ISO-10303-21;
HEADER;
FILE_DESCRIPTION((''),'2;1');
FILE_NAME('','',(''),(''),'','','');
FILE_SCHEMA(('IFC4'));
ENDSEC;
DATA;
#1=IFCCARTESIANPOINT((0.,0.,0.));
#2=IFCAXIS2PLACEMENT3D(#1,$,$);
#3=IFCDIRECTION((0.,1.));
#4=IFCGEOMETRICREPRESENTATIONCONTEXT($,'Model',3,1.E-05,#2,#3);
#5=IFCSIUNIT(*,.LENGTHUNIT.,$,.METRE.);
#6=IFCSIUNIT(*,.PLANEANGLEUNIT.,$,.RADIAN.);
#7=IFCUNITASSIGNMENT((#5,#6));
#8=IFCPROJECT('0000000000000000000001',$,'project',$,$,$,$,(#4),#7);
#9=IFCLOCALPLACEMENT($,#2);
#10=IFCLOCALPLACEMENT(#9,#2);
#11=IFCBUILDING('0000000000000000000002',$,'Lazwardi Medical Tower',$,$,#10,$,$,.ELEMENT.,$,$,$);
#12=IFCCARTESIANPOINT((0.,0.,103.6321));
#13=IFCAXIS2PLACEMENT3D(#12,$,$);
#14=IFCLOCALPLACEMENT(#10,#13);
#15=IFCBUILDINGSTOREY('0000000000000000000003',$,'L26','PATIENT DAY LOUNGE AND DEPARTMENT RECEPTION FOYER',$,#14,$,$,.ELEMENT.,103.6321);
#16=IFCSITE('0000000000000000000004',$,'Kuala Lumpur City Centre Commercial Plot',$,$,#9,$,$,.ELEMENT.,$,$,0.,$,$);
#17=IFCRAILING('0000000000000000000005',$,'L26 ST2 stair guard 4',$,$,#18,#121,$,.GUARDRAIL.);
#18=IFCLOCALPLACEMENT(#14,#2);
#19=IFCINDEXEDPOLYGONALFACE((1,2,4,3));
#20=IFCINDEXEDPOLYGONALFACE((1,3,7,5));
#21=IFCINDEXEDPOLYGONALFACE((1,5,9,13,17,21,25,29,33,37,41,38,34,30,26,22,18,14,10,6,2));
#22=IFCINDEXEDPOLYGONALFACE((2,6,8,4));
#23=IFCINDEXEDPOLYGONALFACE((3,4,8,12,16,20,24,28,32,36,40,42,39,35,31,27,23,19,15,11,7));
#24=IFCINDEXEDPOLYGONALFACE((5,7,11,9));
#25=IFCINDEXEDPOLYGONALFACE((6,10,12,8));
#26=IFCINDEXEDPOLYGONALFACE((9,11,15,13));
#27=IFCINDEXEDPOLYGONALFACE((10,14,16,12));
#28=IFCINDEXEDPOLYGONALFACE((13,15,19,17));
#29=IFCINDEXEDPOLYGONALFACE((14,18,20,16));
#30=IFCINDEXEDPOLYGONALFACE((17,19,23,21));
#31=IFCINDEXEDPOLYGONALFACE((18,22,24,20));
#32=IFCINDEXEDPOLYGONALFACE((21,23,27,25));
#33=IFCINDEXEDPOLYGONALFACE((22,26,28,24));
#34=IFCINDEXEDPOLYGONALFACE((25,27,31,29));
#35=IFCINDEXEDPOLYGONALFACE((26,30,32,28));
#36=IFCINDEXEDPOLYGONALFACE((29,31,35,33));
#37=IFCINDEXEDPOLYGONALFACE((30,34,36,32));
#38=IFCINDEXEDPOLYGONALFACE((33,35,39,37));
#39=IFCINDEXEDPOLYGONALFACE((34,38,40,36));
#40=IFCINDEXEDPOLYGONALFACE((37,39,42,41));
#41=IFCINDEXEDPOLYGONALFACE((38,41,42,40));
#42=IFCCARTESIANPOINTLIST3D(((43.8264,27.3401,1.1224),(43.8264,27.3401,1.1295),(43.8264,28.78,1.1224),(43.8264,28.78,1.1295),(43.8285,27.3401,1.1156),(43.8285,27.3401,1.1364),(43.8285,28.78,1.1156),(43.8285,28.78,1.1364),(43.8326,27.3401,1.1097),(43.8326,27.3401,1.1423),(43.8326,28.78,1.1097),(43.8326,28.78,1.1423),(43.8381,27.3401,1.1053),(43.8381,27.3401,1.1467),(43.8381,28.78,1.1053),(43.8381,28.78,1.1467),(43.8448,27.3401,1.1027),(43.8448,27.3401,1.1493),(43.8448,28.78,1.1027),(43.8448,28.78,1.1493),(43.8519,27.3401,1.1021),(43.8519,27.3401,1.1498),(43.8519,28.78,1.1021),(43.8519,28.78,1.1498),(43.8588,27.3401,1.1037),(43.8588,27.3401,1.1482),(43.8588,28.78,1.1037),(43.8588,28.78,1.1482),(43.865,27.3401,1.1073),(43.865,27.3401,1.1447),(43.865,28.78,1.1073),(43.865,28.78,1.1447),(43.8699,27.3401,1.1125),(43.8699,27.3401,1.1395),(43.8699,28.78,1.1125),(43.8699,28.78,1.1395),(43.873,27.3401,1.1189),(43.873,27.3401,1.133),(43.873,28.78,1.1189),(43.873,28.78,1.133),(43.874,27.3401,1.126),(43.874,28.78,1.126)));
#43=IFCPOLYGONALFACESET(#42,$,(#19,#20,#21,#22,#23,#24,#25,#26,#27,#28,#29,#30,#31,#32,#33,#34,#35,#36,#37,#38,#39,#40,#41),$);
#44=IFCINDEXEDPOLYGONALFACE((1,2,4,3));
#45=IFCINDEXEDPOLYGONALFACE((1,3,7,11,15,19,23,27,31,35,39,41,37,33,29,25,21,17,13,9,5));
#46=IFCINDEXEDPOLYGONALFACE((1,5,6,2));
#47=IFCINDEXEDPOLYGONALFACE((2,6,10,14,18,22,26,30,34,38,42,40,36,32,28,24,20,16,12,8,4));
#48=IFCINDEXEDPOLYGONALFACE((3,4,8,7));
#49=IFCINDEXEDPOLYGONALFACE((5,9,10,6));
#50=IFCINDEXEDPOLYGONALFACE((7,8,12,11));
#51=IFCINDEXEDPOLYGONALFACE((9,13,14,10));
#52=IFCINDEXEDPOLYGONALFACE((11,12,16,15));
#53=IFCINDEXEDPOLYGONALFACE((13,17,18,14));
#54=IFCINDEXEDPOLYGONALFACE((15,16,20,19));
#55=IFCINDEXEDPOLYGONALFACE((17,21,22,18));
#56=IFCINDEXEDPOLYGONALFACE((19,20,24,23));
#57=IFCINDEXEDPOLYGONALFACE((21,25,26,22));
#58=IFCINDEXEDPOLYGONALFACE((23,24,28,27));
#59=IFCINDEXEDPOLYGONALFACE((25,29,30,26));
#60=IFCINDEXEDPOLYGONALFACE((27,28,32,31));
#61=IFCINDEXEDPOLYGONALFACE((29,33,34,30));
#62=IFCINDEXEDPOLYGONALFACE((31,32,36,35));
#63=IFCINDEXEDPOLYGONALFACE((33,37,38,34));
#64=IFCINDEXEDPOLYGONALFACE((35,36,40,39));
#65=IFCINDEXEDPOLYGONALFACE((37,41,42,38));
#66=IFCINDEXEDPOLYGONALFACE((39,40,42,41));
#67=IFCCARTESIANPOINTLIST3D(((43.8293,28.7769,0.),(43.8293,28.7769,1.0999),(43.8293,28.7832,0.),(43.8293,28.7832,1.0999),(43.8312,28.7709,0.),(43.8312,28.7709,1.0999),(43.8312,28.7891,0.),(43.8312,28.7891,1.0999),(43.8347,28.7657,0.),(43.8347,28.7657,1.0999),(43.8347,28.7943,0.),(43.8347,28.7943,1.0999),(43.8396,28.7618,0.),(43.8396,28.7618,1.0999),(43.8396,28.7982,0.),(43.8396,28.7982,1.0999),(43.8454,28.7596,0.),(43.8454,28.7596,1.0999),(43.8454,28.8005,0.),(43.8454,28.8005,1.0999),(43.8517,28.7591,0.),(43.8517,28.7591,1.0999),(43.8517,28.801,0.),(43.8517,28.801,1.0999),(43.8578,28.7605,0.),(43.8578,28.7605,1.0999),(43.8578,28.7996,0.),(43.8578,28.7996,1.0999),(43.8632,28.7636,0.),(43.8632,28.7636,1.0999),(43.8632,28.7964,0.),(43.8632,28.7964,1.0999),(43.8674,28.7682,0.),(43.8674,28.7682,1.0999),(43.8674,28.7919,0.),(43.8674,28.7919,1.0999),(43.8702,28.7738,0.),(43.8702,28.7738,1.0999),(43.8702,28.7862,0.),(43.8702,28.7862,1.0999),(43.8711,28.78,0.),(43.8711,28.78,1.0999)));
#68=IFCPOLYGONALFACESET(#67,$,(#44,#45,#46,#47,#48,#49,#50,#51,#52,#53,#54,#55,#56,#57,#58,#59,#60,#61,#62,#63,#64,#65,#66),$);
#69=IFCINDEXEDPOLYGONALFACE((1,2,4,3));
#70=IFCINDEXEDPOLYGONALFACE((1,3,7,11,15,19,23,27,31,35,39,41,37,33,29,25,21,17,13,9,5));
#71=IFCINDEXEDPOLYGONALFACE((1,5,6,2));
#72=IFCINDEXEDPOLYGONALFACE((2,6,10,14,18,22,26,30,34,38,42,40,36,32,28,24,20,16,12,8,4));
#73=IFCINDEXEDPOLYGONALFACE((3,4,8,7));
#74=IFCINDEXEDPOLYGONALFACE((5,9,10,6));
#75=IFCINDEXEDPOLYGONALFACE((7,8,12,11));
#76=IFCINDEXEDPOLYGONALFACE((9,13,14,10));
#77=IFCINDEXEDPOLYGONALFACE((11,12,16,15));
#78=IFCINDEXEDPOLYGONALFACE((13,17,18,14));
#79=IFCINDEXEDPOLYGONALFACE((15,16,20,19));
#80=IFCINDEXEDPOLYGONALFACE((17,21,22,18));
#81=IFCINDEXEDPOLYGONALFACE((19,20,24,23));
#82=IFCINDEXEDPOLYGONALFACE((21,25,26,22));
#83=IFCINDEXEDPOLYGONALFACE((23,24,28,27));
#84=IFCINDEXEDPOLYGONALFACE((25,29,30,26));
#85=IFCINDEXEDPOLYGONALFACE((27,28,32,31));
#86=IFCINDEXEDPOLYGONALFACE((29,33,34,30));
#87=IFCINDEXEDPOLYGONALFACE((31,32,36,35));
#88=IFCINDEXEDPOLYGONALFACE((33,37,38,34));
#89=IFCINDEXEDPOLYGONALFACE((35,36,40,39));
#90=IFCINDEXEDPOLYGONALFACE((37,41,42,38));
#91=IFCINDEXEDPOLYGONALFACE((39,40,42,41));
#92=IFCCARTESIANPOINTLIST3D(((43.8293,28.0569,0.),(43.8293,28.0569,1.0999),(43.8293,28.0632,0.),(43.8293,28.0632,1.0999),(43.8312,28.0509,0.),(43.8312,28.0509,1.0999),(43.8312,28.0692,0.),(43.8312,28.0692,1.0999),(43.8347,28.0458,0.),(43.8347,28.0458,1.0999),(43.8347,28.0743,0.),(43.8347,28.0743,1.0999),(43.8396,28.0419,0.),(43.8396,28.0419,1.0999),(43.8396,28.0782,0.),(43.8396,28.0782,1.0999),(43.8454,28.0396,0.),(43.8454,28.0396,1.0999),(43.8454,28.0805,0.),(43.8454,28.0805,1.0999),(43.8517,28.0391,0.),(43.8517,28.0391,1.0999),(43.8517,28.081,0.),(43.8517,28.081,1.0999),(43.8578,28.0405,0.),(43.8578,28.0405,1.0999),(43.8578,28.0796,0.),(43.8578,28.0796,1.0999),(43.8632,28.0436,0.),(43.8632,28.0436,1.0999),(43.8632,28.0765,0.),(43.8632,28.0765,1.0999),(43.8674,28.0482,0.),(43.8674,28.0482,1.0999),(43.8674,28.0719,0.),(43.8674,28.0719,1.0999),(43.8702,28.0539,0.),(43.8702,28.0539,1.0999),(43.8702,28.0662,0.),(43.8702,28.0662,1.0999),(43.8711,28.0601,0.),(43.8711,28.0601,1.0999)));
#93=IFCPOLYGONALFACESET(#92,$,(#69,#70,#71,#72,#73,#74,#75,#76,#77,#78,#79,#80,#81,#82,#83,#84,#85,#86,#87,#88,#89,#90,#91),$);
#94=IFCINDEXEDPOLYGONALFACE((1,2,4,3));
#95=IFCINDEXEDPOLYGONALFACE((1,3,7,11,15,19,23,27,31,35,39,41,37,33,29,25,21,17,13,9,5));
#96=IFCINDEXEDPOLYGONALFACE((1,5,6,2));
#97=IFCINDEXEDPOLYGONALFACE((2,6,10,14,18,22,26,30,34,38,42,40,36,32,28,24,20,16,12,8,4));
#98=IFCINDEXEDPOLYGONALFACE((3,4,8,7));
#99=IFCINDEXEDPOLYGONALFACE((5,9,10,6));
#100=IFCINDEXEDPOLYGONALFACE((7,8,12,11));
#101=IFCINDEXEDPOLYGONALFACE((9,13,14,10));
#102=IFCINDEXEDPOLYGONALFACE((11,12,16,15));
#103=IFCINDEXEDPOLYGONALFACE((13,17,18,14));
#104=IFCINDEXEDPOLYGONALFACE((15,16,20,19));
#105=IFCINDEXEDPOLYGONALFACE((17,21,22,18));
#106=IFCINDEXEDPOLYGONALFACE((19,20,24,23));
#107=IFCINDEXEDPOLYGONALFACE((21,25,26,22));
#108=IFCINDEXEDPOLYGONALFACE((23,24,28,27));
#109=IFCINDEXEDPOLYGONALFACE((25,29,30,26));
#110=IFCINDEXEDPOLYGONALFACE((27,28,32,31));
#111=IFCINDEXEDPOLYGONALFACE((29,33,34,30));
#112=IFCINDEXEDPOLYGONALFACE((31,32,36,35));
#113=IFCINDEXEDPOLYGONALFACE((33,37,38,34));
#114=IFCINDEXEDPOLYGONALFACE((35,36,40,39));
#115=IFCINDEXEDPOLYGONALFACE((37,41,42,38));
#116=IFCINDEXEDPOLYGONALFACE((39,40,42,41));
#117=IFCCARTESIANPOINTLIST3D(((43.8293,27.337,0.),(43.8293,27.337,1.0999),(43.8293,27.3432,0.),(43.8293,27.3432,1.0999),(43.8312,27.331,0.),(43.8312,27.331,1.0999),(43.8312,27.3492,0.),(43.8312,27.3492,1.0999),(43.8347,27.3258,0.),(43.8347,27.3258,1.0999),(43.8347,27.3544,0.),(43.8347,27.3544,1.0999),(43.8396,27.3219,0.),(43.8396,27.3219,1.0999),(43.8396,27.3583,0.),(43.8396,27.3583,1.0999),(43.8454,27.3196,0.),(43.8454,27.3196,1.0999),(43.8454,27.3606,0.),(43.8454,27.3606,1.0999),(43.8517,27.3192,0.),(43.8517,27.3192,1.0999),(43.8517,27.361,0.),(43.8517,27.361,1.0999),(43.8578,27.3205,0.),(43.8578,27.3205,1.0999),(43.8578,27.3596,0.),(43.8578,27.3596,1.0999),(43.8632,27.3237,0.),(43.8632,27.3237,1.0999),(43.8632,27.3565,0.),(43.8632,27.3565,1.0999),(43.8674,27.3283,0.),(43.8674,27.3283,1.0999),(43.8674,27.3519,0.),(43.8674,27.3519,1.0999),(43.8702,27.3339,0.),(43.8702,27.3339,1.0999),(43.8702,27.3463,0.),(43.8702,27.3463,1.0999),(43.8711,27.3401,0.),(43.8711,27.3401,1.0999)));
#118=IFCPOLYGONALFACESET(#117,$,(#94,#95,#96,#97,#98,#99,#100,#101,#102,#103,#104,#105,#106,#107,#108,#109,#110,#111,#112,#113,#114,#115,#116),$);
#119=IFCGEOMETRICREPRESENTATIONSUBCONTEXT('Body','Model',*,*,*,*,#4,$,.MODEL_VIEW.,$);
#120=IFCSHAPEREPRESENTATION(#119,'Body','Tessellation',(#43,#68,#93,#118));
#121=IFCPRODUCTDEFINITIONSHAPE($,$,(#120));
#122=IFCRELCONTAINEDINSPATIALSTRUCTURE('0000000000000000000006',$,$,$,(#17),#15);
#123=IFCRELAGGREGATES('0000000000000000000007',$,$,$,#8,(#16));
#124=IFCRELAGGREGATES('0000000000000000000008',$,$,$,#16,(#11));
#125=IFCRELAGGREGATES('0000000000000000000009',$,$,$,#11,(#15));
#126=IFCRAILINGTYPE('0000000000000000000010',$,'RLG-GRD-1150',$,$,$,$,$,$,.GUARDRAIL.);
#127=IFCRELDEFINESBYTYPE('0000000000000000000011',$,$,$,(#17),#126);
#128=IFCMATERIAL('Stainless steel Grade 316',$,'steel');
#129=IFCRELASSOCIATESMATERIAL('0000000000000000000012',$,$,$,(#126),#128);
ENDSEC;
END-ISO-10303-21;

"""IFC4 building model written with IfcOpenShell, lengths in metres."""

from ifc_helpers import new_model, si_unit, direction, frame, origin, origin_2d, place, context, subcontext, project, spatial, circle, extrude, material, type_object, element, save


model = new_model("IFC4")

# Units and contexts
model_context = context("Model", 3, precision=1e-05, world=origin(), true_north=direction((0.0, 1.0)))
body_context = subcontext(model_context, "Body", "Model", "MODEL_VIEW")
ifc_project = project(units=[si_unit("LENGTHUNIT", "METRE"), si_unit("PLANEANGLEUNIT", "RADIAN")], contexts=[model_context])

# Site, building, storey
site_placement = place(None, origin())
site = spatial("IfcSite", under=ifc_project, at=site_placement, Name="Kuala Lumpur City Centre Commercial Plot", CompositionType="ELEMENT", RefElevation=0.0)
building_placement = place(site_placement, origin())
building = spatial("IfcBuilding", under=site, at=building_placement, Name="Lazwardi Medical Tower", CompositionType="ELEMENT")
storey_placement = place(building_placement, frame((0.0, 0.0, 103.6321)))
storey = spatial("IfcBuildingStorey", under=building, at=storey_placement, Name="L26", Description="PATIENT DAY LOUNGE AND DEPARTMENT RECEPTION FOYER", CompositionType="ELEMENT", Elevation=103.6321)

# Railing
ifc_material_1 = material(Name="Stainless steel Grade 316", Category="steel")
railing_type_1 = type_object("IfcRailingType", Name="RLG-GRD-1150", PredefinedType="GUARDRAIL", material=ifc_material_1)
railing_1_placement = place(storey_placement, frame((43.8501, 28.78, 0.0)))
element("IfcRailing", 1, at=railing_1_placement, inside=storey, type_object=railing_type_1, Name="L26 ST2 stair guard 4", PredefinedType="GUARDRAIL", context=body_context, shape_type="SweptSolid", body=[
    extrude(circle(Radius=0.0239, at=origin_2d()), frame((0.0, 0.0, 1.126), z_axis=(0.0, -1.0, 0.0), x_axis=(1.0, 0.0, 0.0)), (0.0, 0.0, 1.0), 1.4399),
    extrude(circle(Radius=0.021, at=origin_2d()), origin(), (0.0, 0.0, 1.0), 1.0999),
    extrude(circle(Radius=0.021, at=origin_2d()), frame((0.0, -0.72, 0.0)), (0.0, 0.0, 1.0), 1.0999),
    extrude(circle(Radius=0.021, at=origin_2d()), frame((0.0, -1.4399, 0.0)), (0.0, 0.0, 1.0), 1.0999),
])

save(model, "model.ifc")
